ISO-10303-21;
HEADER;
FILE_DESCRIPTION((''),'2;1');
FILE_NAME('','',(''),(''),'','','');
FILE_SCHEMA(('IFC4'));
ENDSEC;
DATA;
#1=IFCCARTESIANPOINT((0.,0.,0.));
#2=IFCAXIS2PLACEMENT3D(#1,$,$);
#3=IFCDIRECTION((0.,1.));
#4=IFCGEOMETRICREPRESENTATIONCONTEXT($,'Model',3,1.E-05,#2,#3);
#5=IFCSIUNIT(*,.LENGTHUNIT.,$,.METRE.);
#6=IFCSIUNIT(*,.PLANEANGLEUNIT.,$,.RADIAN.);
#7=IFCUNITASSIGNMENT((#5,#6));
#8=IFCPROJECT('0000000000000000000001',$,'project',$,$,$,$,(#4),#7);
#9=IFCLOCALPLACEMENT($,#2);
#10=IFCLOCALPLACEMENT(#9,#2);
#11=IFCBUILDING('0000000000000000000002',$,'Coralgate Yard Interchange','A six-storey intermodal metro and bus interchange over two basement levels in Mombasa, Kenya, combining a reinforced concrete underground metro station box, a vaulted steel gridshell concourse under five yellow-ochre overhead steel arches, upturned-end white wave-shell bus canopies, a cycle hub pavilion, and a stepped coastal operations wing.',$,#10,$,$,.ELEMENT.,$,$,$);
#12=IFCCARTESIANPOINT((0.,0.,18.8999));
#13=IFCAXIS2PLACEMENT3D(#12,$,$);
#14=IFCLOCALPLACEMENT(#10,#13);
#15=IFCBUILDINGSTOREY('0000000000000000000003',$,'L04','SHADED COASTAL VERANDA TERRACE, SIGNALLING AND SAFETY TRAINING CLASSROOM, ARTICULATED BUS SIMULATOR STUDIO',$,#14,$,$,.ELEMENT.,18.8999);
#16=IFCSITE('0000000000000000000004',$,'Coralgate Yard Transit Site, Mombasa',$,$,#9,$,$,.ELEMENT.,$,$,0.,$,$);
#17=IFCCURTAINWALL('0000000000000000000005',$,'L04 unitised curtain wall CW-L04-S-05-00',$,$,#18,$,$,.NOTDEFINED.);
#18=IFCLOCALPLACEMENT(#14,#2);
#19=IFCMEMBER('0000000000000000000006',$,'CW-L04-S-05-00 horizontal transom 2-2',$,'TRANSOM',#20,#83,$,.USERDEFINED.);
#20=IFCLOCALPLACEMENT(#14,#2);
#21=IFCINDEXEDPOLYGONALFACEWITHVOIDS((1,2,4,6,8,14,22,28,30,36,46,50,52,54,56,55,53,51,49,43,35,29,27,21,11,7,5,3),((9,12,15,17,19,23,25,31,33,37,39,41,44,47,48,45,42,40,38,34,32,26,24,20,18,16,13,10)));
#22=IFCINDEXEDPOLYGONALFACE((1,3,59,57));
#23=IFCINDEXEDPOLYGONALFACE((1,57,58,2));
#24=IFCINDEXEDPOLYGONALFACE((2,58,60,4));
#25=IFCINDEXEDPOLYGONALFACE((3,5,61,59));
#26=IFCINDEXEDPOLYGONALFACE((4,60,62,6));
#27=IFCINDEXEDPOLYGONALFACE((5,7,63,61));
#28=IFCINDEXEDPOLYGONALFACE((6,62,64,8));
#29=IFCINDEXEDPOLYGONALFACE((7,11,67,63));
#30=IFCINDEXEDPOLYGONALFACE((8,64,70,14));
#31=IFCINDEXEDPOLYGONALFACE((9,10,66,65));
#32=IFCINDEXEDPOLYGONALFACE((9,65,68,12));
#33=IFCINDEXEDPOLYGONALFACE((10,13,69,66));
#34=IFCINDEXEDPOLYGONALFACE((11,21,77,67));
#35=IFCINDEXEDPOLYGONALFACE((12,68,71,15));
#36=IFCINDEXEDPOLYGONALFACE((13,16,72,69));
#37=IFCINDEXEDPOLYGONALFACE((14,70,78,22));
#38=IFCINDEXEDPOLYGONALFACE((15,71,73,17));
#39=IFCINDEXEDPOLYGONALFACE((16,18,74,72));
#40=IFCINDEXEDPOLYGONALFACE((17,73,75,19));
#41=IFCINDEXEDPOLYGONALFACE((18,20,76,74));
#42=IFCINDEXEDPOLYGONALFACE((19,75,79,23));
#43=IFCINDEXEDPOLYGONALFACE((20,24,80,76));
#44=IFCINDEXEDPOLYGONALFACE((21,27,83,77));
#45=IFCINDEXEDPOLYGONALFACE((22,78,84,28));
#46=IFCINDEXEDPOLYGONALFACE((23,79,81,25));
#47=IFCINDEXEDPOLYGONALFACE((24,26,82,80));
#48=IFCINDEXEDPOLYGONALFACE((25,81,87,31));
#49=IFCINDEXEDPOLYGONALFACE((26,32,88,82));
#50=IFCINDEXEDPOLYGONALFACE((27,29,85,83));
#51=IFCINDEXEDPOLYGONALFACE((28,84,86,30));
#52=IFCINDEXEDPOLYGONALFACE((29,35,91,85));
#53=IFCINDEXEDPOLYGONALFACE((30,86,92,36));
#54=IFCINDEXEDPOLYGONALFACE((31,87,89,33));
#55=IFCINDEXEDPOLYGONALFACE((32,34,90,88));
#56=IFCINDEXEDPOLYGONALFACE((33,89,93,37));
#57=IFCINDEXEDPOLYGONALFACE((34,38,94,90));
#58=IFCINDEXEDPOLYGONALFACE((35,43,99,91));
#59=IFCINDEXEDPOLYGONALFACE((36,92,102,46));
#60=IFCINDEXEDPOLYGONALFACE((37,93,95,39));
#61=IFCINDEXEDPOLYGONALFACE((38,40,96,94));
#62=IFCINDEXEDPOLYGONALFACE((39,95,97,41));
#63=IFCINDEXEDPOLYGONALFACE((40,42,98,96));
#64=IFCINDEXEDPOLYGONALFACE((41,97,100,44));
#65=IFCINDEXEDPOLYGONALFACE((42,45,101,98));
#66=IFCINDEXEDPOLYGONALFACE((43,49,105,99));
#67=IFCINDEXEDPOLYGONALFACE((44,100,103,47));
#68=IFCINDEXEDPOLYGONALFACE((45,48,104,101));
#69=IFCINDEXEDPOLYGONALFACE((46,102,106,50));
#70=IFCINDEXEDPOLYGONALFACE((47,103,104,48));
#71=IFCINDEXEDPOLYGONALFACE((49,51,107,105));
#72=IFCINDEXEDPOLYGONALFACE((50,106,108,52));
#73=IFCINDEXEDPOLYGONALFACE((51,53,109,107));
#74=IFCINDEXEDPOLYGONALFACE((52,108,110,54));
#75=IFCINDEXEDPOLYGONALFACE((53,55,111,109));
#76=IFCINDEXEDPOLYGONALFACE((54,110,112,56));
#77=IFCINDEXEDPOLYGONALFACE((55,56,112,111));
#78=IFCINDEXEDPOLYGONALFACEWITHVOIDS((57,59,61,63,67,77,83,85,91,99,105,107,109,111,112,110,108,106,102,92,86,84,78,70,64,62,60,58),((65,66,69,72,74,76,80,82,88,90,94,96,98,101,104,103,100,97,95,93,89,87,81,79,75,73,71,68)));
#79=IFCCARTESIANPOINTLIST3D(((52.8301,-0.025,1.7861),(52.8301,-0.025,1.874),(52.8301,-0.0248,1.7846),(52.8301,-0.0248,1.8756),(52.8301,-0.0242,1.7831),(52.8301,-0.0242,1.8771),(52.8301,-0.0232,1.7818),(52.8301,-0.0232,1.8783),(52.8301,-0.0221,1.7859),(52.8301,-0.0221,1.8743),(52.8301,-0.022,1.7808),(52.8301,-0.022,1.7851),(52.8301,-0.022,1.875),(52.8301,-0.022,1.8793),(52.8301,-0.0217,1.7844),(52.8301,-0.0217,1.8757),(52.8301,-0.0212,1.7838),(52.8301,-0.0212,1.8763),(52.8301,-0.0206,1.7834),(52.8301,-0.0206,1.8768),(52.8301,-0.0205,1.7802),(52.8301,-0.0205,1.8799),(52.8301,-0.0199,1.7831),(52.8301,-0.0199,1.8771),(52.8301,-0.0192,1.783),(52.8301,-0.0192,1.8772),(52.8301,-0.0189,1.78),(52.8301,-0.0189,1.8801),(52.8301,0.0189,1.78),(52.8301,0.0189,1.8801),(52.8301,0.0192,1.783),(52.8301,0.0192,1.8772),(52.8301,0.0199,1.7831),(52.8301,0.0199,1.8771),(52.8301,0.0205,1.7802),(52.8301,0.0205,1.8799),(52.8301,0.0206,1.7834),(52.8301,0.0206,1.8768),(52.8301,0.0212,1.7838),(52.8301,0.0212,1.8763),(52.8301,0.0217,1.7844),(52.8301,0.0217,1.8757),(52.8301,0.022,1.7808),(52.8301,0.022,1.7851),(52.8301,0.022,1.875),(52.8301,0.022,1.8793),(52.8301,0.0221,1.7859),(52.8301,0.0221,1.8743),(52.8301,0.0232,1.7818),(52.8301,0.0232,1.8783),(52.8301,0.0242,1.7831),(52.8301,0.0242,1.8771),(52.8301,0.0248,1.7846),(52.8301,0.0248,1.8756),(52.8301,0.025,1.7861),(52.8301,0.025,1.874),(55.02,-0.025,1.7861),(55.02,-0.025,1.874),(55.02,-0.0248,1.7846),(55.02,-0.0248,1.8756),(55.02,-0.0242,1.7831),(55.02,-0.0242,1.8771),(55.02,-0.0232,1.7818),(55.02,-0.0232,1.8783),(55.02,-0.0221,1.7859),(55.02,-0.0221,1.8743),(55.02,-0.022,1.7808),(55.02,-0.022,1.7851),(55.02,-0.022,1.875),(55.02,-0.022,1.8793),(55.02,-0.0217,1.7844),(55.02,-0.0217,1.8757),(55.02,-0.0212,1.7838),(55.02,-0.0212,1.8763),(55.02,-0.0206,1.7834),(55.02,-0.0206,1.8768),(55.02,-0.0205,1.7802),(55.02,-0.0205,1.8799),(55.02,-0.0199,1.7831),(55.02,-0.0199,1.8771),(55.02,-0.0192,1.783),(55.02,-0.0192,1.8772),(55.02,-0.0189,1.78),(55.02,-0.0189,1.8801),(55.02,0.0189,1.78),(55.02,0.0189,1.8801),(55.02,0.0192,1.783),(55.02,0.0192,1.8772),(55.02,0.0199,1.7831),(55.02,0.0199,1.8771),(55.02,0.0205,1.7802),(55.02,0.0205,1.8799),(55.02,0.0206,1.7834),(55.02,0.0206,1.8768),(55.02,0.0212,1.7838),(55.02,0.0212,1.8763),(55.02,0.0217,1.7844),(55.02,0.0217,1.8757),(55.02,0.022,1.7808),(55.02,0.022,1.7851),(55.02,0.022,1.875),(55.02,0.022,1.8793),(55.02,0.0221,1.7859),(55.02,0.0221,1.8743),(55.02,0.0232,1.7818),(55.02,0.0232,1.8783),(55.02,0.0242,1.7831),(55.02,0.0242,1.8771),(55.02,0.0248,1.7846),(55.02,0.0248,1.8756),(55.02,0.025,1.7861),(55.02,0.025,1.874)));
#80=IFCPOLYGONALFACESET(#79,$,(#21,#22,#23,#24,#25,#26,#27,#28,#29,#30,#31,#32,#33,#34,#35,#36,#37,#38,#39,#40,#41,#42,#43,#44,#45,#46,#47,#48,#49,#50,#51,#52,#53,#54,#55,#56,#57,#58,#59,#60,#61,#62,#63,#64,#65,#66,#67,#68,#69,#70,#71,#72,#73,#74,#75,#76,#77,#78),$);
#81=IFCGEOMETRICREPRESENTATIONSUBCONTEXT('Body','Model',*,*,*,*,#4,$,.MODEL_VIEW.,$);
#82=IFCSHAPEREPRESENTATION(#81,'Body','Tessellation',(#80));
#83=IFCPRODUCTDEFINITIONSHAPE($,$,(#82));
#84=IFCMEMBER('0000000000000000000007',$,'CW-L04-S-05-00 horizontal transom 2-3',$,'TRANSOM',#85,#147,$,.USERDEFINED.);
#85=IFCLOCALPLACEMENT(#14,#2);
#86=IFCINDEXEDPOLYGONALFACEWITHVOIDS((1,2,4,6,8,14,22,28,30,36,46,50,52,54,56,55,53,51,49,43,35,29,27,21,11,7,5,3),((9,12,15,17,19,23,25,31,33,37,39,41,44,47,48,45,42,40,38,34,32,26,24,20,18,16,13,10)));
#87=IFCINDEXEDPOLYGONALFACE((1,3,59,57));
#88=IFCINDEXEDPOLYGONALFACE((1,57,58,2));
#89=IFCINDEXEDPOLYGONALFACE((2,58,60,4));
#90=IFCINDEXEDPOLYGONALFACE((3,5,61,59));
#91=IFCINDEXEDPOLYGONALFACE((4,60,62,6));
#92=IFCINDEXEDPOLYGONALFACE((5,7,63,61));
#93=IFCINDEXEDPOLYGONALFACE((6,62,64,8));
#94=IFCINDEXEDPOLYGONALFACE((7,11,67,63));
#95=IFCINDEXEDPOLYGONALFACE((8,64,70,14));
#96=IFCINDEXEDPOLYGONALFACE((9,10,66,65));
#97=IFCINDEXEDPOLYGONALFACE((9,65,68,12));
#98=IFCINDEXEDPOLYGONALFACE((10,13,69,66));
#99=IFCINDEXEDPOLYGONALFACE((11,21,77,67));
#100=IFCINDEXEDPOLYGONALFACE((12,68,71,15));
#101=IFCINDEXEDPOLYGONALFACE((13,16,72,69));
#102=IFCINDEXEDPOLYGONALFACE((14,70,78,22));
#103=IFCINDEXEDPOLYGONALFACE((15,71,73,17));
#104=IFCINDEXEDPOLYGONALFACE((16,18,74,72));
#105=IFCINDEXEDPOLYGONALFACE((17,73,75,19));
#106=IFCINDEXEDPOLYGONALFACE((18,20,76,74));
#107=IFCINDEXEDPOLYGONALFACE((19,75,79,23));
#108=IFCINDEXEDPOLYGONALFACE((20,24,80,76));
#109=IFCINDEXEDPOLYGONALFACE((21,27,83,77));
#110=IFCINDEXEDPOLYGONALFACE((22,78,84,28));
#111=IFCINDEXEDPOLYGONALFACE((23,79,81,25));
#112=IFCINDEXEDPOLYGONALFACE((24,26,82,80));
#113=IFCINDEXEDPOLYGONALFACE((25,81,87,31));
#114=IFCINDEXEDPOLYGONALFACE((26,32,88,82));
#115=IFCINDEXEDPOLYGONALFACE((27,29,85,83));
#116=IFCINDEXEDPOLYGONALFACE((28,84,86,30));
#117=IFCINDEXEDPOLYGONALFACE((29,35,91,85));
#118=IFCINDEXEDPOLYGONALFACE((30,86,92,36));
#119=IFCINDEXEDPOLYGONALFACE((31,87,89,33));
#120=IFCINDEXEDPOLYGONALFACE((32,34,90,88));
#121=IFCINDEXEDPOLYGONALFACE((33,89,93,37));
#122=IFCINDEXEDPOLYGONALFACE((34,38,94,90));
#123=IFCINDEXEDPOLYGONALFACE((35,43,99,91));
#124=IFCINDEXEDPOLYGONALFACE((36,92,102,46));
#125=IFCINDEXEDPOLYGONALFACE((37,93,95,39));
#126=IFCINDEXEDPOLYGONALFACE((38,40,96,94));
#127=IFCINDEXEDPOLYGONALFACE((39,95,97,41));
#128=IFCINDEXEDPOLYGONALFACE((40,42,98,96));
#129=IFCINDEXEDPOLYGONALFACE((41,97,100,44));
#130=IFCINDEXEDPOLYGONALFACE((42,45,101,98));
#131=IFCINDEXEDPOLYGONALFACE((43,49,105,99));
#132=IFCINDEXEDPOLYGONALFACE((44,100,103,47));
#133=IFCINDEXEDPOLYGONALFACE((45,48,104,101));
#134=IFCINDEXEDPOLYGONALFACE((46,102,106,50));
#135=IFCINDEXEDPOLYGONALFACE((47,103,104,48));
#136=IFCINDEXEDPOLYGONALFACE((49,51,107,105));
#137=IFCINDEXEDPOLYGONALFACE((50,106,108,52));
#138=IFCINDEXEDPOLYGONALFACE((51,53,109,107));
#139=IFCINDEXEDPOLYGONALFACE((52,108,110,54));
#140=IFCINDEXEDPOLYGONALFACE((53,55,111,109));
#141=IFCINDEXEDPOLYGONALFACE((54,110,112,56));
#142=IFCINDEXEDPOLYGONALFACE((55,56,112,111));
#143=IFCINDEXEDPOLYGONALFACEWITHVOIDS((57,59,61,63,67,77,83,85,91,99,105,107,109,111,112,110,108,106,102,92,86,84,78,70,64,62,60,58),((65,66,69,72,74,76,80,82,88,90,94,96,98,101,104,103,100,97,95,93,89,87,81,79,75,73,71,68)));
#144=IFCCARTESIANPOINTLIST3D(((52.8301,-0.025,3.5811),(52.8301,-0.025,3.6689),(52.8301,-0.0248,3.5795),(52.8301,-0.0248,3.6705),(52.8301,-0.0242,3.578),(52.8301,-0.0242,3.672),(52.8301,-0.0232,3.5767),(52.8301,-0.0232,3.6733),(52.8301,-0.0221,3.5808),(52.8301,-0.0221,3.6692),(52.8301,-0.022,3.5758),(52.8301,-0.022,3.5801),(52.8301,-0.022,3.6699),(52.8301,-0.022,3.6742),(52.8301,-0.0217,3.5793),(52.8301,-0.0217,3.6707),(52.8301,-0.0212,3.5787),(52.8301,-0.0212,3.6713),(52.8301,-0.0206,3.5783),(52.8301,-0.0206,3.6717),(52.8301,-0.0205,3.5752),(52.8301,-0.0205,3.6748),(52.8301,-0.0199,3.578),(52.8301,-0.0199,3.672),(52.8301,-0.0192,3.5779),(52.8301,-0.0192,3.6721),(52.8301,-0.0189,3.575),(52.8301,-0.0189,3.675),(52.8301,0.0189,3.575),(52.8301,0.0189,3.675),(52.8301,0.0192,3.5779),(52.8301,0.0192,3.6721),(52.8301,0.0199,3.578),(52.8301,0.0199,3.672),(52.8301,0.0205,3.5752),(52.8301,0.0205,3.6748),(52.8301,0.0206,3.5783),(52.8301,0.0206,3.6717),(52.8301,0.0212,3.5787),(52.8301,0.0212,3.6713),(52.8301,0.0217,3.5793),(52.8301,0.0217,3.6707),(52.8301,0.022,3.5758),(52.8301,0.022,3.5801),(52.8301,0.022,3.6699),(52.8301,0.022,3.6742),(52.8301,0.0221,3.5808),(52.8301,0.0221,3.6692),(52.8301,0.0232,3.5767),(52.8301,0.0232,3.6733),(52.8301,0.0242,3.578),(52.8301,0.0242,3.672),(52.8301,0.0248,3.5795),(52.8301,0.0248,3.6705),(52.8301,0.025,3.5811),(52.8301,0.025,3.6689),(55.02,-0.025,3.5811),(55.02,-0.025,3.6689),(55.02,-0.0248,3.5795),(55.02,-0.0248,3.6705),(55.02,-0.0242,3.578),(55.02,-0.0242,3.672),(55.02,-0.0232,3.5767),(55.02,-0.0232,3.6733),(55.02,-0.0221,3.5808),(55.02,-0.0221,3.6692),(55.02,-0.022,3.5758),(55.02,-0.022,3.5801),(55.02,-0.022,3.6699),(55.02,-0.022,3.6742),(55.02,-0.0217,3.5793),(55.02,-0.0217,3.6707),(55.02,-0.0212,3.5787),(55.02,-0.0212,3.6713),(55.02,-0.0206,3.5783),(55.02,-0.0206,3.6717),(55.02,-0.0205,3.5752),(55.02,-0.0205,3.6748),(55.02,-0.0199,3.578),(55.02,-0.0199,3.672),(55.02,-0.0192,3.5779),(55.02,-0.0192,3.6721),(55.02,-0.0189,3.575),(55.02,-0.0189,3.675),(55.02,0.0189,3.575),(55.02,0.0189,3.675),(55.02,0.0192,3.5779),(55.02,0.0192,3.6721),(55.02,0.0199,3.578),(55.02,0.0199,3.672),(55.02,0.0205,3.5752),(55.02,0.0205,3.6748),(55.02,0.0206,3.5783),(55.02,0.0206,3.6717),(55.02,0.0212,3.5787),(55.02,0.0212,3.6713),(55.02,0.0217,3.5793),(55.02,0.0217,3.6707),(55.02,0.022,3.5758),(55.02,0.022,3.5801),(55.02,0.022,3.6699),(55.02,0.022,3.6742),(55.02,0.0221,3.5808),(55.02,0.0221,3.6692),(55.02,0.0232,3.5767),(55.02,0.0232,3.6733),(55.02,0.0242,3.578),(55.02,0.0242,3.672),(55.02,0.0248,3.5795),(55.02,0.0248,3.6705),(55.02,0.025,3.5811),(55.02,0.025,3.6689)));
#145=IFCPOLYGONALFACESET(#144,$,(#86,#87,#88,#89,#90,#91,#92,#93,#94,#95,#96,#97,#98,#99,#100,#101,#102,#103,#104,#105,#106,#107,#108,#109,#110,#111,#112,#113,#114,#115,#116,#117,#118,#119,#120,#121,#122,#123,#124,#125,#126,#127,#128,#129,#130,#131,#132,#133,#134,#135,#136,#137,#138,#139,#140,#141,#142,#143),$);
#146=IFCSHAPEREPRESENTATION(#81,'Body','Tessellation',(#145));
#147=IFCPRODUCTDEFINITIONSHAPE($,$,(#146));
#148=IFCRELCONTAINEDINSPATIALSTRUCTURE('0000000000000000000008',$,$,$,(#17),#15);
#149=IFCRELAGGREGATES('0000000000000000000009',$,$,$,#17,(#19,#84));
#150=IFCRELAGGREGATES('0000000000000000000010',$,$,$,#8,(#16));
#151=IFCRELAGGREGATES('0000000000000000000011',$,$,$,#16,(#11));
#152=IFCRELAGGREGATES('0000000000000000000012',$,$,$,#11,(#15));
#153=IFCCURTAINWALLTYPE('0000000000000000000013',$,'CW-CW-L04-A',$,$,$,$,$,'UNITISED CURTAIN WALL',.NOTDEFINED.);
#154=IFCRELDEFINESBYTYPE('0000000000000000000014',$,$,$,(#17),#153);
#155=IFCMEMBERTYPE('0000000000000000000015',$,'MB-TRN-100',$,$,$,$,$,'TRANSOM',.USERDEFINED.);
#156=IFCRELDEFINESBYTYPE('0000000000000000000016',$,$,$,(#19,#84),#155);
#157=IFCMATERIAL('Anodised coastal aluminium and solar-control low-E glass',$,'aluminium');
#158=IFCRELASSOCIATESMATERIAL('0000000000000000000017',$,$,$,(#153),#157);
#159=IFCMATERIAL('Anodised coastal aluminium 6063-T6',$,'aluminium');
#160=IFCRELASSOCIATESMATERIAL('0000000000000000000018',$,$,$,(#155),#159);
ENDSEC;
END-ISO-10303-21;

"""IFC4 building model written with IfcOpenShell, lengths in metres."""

from ifc_helpers import new_model, si_unit, direction, frame, origin, origin_2d, place, context, subcontext, project, spatial, hollow_rectangle, extrude, material, material_profile, profile_set, type_object, element, aggregate, save


model = new_model("IFC4")

# Units and contexts
model_context = context("Model", 3, precision=1e-05, world=origin(), true_north=direction((0.0, 1.0)))
body_context = subcontext(model_context, "Body", "Model", "MODEL_VIEW")
ifc_project = project(units=[si_unit("LENGTHUNIT", "METRE"), si_unit("PLANEANGLEUNIT", "RADIAN")], contexts=[model_context])

# Site, building, storey
site_placement = place(None, origin())
site = spatial("IfcSite", under=ifc_project, at=site_placement, Name="Coralgate Yard Transit Site, Mombasa", CompositionType="ELEMENT", RefElevation=0.0)
building_placement = place(site_placement, origin())
building = spatial("IfcBuilding", under=site, at=building_placement, Name="Coralgate Yard Interchange", Description="A six-storey intermodal metro and bus interchange over two basement levels in Mombasa, Kenya, combining a reinforced concrete underground metro station box, a vaulted steel gridshell concourse under five yellow-ochre overhead steel arches, upturned-end white wave-shell bus canopies, a cycle hub pavilion, and a stepped coastal operations wing.", CompositionType="ELEMENT")
storey_placement = place(building_placement, frame((0.0, 0.0, 18.8999)))
storey = spatial("IfcBuildingStorey", under=building, at=storey_placement, Name="L04", Description="SHADED COASTAL VERANDA TERRACE, SIGNALLING AND SAFETY TRAINING CLASSROOM, ARTICULATED BUS SIMULATOR STUDIO", CompositionType="ELEMENT", Elevation=18.8999)

# Curtain wall
ifc_material_1 = material(Name="Anodised coastal aluminium and solar-control low-E glass", Category="aluminium")
curtain_wall_type = type_object("IfcCurtainWallType", Name="CW-CW-L04-A", ElementType="UNITISED CURTAIN WALL", PredefinedType="NOTDEFINED", material=ifc_material_1)
curtain_wall_1_placement = place(storey_placement, origin())
curtain_wall_1 = element("IfcCurtainWall", 1, at=curtain_wall_1_placement, inside=storey, type_object=curtain_wall_type, Name="L04 unitised curtain wall CW-L04-S-05-00", PredefinedType="NOTDEFINED")
ifc_material_2 = material(Name="Anodised coastal aluminium 6063-T6", Category="aluminium")

# Members
ifc_material_profile_1 = material_profile(ifc_material_2, hollow_rectangle(XDim=0.05, YDim=0.1001, WallThickness=0.0029, InnerFilletRadius=0.0029, OuterFilletRadius=0.0061, at=origin_2d()), Name="ALU 50x100x3")
ifc_profile_set_1 = profile_set([ifc_material_profile_1], Name="Anodised coastal aluminium 6063-T6")
member_type_1 = type_object("IfcMemberType", Name="MB-TRN-100", ElementType="TRANSOM", PredefinedType="USERDEFINED", material=ifc_profile_set_1)
member_1_placement = place(storey_placement, frame((55.02, 0.0, 1.8301), z_axis=(-1.0, 0.0, 0.0), x_axis=(0.0, -1.0, 0.0)))
member_1 = element("IfcMember", 2, at=member_1_placement, type_object=member_type_1, Name="CW-L04-S-05-00 horizontal transom 2-2", ObjectType="TRANSOM", PredefinedType="USERDEFINED", context=body_context, shape_type="SweptSolid", body=[
    extrude(hollow_rectangle(XDim=0.05, YDim=0.1001, WallThickness=0.0029, InnerFilletRadius=0.0029, OuterFilletRadius=0.0061, at=origin_2d()), origin(), (0.0, 0.0, 1.0), 2.1899),
])
member_2_placement = place(storey_placement, frame((55.02, 0.0, 3.625), z_axis=(-1.0, 0.0, 0.0), x_axis=(0.0, -1.0, 0.0)))
member_2 = element("IfcMember", 3, at=member_2_placement, type_object=member_type_1, Name="CW-L04-S-05-00 horizontal transom 2-3", ObjectType="TRANSOM", PredefinedType="USERDEFINED", context=body_context, shape_type="SweptSolid", body=[
    extrude(hollow_rectangle(XDim=0.05, YDim=0.1001, WallThickness=0.0029, InnerFilletRadius=0.0029, OuterFilletRadius=0.0061, at=origin_2d()), origin(), (0.0, 0.0, 1.0), 2.1899),
])

aggregate(curtain_wall_1, [member_1, member_2])

save(model, "model.ifc")
